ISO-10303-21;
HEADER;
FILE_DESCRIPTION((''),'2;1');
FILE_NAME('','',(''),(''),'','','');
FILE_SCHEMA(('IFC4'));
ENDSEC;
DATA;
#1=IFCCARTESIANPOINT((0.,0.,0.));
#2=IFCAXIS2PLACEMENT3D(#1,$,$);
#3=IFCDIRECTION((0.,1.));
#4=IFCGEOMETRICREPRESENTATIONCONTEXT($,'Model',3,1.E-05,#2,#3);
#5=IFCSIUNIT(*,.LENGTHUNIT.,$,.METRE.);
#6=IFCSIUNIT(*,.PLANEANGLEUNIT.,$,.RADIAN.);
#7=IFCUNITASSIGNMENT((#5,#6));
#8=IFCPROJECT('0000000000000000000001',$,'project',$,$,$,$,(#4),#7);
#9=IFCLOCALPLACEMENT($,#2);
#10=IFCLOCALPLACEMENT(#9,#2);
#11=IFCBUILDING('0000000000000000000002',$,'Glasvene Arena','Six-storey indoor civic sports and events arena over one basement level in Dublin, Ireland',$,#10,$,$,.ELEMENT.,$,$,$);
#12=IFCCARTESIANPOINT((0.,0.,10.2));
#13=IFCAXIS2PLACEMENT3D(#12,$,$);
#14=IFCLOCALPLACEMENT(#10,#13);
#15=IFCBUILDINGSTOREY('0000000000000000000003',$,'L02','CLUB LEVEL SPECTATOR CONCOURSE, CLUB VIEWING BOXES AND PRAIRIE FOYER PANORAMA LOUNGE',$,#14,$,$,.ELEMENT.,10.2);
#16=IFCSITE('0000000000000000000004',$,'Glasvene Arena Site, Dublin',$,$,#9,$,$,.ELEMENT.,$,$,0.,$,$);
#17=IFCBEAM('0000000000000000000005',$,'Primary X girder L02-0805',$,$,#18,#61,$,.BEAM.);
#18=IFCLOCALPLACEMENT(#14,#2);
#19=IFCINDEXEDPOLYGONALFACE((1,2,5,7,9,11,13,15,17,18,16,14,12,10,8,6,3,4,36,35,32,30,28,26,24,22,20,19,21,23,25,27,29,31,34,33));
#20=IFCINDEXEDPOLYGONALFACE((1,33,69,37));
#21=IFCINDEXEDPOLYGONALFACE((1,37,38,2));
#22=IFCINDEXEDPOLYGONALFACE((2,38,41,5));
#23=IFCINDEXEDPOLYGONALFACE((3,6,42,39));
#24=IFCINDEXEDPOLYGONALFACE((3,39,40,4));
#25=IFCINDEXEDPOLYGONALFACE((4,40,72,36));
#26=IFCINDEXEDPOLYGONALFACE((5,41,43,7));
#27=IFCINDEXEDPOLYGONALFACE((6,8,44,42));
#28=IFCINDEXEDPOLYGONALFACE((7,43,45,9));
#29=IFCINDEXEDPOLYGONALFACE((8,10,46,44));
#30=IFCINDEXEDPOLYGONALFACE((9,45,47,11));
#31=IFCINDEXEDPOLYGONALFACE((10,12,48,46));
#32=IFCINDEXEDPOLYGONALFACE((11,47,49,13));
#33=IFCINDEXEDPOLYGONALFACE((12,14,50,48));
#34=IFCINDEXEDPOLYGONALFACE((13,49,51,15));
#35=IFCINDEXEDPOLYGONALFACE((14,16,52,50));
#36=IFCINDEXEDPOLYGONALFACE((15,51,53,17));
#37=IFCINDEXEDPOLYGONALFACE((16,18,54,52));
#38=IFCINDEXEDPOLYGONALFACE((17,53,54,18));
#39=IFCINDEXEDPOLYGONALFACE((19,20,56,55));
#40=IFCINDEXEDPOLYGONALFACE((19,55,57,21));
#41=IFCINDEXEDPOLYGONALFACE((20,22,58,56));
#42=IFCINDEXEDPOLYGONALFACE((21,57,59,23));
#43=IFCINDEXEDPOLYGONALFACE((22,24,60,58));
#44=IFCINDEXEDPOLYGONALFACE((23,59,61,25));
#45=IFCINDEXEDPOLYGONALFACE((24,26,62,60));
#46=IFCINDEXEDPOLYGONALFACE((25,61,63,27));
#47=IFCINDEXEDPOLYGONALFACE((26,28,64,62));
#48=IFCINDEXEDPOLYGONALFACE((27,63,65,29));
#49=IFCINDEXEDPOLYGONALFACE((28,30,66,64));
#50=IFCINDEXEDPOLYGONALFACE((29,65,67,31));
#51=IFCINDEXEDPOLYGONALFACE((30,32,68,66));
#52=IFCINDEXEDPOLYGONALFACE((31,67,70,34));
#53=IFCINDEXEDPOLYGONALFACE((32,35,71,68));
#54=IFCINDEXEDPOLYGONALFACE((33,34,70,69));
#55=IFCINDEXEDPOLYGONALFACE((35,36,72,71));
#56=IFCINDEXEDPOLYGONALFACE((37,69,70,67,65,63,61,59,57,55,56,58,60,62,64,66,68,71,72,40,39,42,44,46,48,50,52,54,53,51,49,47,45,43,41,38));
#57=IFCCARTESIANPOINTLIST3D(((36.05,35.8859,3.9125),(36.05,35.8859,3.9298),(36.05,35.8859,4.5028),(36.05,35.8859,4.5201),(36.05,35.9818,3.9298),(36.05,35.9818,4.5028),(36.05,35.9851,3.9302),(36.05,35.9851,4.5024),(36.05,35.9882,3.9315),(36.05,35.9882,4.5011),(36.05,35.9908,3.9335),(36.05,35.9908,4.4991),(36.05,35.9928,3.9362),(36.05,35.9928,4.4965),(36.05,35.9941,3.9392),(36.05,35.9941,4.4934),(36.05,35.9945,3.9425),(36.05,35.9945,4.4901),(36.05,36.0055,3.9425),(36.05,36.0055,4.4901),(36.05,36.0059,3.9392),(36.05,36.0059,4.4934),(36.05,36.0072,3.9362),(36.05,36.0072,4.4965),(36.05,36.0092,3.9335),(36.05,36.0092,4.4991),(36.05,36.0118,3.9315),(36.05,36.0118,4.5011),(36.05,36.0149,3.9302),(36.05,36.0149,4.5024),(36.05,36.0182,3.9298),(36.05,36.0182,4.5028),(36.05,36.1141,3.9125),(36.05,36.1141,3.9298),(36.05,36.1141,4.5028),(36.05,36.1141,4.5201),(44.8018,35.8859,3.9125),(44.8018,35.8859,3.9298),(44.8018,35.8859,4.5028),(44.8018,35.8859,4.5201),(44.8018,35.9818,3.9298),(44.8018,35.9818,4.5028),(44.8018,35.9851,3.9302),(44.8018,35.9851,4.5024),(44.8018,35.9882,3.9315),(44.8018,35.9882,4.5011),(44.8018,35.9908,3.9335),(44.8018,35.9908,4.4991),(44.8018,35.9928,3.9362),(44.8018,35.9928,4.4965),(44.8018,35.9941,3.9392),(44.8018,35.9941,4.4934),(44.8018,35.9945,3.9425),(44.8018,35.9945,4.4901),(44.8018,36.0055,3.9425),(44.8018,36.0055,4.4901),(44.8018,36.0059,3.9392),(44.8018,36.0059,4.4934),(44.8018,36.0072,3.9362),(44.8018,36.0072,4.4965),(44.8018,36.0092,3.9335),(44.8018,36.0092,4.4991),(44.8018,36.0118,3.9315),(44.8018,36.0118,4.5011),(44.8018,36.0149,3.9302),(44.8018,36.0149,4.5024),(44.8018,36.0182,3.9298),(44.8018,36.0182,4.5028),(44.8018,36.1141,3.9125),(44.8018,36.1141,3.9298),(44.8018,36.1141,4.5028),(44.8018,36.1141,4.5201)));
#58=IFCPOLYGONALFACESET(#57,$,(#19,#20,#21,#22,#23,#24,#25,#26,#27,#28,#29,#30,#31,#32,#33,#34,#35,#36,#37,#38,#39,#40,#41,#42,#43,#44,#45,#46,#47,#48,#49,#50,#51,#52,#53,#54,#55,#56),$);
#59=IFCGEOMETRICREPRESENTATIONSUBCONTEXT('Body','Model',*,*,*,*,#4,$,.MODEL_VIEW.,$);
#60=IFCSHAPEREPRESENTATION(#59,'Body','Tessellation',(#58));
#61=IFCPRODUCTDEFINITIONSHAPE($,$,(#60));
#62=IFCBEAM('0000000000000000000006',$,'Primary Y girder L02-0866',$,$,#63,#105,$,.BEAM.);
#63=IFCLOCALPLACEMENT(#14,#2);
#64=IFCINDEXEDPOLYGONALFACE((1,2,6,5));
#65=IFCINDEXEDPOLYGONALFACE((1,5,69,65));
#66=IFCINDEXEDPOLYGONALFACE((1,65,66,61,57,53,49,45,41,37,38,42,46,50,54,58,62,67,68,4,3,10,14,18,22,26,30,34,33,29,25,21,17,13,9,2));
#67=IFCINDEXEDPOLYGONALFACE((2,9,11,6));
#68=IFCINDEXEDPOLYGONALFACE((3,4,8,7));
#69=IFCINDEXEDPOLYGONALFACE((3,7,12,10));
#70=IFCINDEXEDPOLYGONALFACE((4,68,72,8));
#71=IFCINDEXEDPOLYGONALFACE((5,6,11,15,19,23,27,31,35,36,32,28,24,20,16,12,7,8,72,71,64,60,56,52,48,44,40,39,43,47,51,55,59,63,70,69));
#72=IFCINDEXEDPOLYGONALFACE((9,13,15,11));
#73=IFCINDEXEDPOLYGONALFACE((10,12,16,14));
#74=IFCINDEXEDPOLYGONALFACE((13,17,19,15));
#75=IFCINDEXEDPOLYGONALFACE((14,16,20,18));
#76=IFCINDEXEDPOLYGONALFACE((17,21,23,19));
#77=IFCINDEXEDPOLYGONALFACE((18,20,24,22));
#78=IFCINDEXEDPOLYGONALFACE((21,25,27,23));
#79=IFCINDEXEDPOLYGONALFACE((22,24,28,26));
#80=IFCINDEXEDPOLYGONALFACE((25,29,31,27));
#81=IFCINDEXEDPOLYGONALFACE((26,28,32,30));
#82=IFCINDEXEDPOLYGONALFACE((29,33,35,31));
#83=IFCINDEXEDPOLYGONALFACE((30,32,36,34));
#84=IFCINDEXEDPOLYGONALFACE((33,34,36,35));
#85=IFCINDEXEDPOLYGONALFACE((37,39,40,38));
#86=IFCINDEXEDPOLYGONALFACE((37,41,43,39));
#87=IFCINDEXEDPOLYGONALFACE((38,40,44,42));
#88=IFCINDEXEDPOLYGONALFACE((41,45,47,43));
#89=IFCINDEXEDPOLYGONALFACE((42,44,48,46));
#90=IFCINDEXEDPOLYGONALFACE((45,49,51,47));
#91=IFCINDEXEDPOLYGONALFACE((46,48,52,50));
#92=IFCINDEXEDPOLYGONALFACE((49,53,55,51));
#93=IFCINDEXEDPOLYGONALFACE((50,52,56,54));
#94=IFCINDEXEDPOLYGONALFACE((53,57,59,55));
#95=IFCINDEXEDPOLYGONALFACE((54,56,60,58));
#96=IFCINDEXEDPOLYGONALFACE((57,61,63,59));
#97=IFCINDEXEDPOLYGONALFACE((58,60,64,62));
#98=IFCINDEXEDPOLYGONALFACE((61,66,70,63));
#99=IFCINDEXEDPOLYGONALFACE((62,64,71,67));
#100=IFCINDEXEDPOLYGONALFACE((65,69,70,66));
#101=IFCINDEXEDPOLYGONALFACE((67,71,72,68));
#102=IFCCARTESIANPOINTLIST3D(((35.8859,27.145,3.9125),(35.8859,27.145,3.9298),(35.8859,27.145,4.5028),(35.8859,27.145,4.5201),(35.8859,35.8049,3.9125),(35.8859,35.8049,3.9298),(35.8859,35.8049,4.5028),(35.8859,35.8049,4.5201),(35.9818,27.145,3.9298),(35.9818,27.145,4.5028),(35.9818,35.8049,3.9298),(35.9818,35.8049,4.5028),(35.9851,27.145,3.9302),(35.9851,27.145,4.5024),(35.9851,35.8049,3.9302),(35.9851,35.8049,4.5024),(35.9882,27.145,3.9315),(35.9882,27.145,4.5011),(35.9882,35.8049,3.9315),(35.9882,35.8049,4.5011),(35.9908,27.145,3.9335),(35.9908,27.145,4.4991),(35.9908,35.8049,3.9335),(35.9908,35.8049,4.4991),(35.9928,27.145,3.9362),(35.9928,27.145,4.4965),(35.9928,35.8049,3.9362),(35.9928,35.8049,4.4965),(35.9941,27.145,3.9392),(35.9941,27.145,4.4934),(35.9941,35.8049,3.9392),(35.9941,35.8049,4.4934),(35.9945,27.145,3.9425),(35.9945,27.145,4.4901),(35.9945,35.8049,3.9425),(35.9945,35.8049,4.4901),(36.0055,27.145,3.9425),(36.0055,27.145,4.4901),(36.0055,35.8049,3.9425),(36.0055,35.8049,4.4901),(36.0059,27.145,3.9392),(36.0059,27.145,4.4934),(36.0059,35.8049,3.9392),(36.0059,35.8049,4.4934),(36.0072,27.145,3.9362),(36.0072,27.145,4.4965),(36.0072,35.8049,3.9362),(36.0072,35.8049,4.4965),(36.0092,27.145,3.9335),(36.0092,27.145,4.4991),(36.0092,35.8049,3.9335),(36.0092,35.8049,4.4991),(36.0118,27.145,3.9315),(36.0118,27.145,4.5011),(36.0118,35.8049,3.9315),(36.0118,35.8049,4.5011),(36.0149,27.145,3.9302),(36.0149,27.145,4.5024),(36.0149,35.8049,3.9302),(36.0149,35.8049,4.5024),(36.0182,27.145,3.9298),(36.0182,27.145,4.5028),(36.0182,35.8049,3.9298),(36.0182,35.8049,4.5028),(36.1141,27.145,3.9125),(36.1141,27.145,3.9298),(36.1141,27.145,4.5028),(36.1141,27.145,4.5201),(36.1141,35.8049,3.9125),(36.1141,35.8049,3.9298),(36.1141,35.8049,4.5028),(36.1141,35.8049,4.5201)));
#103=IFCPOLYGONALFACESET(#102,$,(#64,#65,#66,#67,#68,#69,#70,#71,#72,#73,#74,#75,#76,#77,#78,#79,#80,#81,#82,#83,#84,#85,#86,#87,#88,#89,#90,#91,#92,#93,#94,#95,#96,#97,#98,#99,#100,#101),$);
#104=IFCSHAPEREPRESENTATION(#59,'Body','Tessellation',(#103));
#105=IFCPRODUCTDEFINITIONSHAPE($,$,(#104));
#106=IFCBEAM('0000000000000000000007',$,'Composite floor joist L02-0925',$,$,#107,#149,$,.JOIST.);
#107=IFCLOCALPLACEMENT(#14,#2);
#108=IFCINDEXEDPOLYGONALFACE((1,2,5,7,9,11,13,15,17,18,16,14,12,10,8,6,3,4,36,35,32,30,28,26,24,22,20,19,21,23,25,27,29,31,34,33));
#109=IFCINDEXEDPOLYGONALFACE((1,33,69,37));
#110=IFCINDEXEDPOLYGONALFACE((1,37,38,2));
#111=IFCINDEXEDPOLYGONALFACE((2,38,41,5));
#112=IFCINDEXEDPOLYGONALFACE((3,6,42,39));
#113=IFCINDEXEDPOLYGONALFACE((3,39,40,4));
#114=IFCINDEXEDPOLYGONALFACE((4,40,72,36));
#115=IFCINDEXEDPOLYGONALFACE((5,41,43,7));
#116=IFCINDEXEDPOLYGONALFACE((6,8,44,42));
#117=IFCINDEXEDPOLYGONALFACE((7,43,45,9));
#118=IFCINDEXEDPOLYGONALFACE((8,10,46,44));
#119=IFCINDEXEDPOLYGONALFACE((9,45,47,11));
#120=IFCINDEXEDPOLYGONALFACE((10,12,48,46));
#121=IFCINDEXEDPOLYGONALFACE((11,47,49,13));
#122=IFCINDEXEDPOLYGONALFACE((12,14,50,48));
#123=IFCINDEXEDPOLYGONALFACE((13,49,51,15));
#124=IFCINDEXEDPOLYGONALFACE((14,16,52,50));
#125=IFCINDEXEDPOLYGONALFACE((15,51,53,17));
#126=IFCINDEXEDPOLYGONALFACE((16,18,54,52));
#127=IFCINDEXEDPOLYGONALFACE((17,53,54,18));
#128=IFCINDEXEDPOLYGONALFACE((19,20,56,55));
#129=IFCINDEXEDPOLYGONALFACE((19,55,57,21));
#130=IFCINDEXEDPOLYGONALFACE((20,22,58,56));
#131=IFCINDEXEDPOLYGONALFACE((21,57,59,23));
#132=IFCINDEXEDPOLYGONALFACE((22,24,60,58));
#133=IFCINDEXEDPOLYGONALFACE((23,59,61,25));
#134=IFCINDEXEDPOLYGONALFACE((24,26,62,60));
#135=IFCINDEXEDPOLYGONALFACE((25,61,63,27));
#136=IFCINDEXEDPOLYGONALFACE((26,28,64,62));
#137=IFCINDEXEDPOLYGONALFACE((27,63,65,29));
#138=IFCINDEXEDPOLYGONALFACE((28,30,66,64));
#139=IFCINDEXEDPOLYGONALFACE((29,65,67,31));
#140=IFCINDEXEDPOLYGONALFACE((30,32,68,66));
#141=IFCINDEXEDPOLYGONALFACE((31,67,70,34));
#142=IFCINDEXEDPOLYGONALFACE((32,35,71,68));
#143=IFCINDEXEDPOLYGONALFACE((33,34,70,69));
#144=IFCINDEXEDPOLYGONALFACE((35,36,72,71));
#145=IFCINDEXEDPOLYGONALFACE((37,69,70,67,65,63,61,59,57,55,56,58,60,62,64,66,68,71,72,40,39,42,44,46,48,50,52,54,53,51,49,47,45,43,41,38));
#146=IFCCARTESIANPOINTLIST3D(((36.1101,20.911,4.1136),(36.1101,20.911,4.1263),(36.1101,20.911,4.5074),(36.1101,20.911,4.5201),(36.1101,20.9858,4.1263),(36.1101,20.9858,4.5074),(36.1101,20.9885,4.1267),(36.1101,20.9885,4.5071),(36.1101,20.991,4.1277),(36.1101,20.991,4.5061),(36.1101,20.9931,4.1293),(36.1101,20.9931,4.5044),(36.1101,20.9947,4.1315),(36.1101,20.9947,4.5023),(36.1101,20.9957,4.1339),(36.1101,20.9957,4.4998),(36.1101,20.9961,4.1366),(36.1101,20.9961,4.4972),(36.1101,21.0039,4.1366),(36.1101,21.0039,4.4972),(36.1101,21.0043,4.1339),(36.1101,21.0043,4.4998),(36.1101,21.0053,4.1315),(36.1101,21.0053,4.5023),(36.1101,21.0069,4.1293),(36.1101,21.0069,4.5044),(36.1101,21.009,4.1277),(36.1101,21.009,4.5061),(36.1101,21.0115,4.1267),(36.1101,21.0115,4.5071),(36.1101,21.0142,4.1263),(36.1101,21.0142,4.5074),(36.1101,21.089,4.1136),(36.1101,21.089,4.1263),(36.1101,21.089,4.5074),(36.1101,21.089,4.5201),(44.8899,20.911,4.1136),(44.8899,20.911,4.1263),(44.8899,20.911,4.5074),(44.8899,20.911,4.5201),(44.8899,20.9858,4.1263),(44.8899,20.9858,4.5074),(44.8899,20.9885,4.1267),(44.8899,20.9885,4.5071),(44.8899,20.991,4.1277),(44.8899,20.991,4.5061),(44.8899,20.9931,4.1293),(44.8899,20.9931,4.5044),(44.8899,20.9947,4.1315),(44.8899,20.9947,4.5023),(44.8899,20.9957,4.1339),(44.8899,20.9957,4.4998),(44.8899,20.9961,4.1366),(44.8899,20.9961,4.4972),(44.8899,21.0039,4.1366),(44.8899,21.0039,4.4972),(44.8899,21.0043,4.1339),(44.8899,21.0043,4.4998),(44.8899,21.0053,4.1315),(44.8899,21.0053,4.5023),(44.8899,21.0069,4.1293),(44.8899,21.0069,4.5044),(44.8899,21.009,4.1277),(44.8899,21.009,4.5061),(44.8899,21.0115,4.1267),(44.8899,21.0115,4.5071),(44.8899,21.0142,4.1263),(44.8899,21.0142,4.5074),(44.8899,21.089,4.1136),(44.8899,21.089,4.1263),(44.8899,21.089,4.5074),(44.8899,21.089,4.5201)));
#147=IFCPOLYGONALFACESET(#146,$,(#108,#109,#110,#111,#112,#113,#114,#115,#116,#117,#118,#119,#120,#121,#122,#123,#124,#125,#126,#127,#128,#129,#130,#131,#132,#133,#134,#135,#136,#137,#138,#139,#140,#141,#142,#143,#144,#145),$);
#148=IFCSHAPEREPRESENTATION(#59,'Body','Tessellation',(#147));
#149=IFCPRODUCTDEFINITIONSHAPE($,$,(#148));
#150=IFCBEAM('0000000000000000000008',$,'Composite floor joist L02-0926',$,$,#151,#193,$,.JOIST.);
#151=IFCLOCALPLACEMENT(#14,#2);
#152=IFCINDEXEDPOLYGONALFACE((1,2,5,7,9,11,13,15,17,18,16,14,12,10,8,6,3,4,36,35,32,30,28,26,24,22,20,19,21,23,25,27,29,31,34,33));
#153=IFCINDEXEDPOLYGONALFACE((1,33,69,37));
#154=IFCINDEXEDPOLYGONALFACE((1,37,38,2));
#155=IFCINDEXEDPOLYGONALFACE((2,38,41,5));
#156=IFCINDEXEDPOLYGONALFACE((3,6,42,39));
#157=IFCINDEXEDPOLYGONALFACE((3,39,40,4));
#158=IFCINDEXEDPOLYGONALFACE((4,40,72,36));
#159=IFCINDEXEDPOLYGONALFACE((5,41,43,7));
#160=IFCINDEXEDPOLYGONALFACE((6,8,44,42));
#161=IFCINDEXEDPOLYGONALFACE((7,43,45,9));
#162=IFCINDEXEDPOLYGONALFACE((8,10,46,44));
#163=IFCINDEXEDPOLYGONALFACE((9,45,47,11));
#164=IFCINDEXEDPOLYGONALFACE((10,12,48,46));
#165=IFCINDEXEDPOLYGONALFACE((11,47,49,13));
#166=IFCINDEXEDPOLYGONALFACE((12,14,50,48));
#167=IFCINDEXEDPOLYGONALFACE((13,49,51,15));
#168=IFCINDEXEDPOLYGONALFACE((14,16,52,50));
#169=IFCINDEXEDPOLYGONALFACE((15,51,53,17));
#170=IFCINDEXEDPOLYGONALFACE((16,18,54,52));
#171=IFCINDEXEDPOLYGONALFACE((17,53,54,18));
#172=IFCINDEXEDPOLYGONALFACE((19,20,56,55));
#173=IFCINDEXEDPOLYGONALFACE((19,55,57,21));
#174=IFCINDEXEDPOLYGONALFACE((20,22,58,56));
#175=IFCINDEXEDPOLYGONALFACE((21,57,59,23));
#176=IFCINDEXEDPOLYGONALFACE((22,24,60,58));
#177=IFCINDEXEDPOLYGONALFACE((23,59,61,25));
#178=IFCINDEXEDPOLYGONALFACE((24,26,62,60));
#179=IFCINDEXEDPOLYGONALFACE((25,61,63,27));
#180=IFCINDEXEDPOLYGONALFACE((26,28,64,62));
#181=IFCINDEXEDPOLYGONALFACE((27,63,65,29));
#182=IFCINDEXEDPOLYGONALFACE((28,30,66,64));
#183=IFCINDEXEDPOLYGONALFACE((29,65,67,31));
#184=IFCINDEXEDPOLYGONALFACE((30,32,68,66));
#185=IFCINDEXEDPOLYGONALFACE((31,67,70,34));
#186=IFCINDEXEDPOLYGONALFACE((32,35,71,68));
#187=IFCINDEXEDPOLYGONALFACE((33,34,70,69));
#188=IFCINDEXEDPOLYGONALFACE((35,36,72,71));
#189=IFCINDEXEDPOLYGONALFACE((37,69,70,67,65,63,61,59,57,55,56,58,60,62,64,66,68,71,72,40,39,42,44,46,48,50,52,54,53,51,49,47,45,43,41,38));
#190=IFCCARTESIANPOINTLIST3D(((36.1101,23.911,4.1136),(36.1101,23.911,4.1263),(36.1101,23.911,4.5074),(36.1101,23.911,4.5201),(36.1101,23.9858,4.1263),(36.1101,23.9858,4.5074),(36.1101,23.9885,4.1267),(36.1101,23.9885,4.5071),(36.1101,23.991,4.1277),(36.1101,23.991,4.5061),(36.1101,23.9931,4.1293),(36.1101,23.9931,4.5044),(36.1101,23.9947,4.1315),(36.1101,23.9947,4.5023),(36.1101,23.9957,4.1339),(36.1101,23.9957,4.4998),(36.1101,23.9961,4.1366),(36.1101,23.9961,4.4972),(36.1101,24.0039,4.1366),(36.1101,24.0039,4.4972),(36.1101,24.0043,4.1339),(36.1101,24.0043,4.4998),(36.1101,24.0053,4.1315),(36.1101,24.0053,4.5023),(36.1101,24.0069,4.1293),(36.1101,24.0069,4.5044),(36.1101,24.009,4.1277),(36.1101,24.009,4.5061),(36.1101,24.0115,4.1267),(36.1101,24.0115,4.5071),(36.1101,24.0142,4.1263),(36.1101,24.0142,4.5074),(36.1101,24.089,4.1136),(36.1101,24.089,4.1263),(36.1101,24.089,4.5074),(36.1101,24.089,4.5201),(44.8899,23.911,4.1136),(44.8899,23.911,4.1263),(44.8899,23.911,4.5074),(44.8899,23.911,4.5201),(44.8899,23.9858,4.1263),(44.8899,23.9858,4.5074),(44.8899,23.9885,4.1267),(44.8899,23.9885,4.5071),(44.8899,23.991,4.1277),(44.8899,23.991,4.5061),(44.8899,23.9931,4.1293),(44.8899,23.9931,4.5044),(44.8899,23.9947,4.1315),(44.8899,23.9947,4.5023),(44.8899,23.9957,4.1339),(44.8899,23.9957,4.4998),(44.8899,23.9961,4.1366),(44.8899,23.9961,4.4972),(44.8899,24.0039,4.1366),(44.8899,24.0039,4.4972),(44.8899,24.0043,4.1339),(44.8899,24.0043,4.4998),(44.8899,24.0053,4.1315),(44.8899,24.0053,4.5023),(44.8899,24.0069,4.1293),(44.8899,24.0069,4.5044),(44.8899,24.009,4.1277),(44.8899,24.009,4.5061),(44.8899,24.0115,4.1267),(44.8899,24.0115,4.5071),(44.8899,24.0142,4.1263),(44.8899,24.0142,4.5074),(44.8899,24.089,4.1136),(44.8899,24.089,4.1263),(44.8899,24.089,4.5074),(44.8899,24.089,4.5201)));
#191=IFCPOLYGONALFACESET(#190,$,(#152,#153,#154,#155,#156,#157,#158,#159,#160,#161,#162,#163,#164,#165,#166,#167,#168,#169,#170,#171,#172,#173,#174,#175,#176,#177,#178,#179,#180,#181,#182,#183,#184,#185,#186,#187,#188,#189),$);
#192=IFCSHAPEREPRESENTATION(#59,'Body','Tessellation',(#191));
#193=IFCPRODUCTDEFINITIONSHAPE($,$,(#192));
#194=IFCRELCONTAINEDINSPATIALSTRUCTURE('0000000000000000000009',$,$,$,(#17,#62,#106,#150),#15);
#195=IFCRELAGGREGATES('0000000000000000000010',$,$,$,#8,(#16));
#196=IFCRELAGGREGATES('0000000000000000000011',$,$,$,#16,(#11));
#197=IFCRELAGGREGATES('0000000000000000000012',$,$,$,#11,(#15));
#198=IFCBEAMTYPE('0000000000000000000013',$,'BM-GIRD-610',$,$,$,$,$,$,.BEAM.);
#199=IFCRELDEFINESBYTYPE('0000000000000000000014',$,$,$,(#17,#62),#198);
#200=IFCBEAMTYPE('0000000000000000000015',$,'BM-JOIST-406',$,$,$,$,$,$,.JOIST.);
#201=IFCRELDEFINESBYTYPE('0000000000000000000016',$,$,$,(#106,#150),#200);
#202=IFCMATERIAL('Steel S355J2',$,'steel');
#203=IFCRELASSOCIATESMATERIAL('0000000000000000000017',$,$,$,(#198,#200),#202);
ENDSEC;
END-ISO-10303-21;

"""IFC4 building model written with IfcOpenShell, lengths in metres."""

from ifc_helpers import new_model, si_unit, direction, frame, origin, origin_2d, place, context, subcontext, project, spatial, i_section, extrude, material, material_profile, profile_set, type_object, element, save


model = new_model("IFC4")

# Units and contexts
model_context = context("Model", 3, precision=1e-05, world=origin(), true_north=direction((0.0, 1.0)))
body_context = subcontext(model_context, "Body", "Model", "MODEL_VIEW")
ifc_project = project(units=[si_unit("LENGTHUNIT", "METRE"), si_unit("PLANEANGLEUNIT", "RADIAN")], contexts=[model_context])

# Site, building, storey
site_placement = place(None, origin())
site = spatial("IfcSite", under=ifc_project, at=site_placement, Name="Glasvene Arena Site, Dublin", CompositionType="ELEMENT", RefElevation=0.0)
building_placement = place(site_placement, origin())
building = spatial("IfcBuilding", under=site, at=building_placement, Name="Glasvene Arena", Description="Six-storey indoor civic sports and events arena over one basement level in Dublin, Ireland", CompositionType="ELEMENT")
storey_placement = place(building_placement, frame((0.0, 0.0, 10.2)))
storey = spatial("IfcBuildingStorey", under=building, at=storey_placement, Name="L02", Description="CLUB LEVEL SPECTATOR CONCOURSE, CLUB VIEWING BOXES AND PRAIRIE FOYER PANORAMA LOUNGE", CompositionType="ELEMENT", Elevation=10.2)

# Shared definitions
ifc_material_1 = material(Name="Steel S355J2", Category="steel")

# Beams
ifc_material_profile_1 = material_profile(ifc_material_1, i_section(OverallWidth=0.2283, OverallDepth=0.6077, WebThickness=0.011, FlangeThickness=0.0173, FilletRadius=0.0127, at=origin_2d()), Name="UKB 610x229x113")
ifc_profile_set_1 = profile_set([ifc_material_profile_1], Name="Steel S355J2")
beam_type_1 = type_object("IfcBeamType", Name="BM-GIRD-610", PredefinedType="BEAM", material=ifc_profile_set_1)
beam_1_placement = place(storey_placement, frame((36.05, 36.0, 4.2163), z_axis=(1.0, 0.0, 0.0), x_axis=(0.0, 1.0, 0.0)))
element("IfcBeam", 1, at=beam_1_placement, inside=storey, type_object=beam_type_1, Name="Primary X girder L02-0805", PredefinedType="BEAM", context=body_context, shape_type="SweptSolid", body=[
    extrude(i_section(OverallWidth=0.2283, OverallDepth=0.6077, WebThickness=0.011, FlangeThickness=0.0173, FilletRadius=0.0127, at=origin_2d()), origin(), (0.0, 0.0, 1.0), 8.7517),
])
beam_2_placement = place(storey_placement, frame((36.0, 27.145, 4.2163), z_axis=(0.0, 1.0, 0.0), x_axis=(-1.0, 0.0, 0.0)))
element("IfcBeam", 2, at=beam_2_placement, inside=storey, type_object=beam_type_1, Name="Primary Y girder L02-0866", PredefinedType="BEAM", context=body_context, shape_type="SweptSolid", body=[
    extrude(i_section(OverallWidth=0.2283, OverallDepth=0.6077, WebThickness=0.011, FlangeThickness=0.0173, FilletRadius=0.0127, at=origin_2d()), origin(), (0.0, 0.0, 1.0), 8.6599),
])
ifc_material_profile_2 = material_profile(ifc_material_1, i_section(OverallWidth=0.178, OverallDepth=0.4065, WebThickness=0.0078, FlangeThickness=0.0127, FilletRadius=0.0103, at=origin_2d()), Name="UKB 406x178x60")
ifc_profile_set_2 = profile_set([ifc_material_profile_2], Name="Steel S355J2")
beam_type_2 = type_object("IfcBeamType", Name="BM-JOIST-406", PredefinedType="JOIST", material=ifc_profile_set_2)
for number, where, z_axis, x_axis, name in (
    (3, (36.1101, 21.0, 4.3169), (1.0, 0.0, 0.0), (0.0, 1.0, 0.0), "Composite floor joist L02-0925"),
    (4, (36.1101, 24.0, 4.3169), (1.0, 0.0, 0.0), (0.0, 1.0, 0.0), "Composite floor joist L02-0926"),
):
    element("IfcBeam", number, at=place(storey_placement, frame(where, z_axis=z_axis, x_axis=x_axis)), inside=storey, type_object=beam_type_2, Name=name, PredefinedType="JOIST", context=body_context, shape_type="SweptSolid", body=[
        extrude(i_section(OverallWidth=0.178, OverallDepth=0.4065, WebThickness=0.0078, FlangeThickness=0.0127, FilletRadius=0.0103, at=origin_2d()), origin(), (0.0, 0.0, 1.0), 8.7798),
    ])

save(model, "model.ifc")
